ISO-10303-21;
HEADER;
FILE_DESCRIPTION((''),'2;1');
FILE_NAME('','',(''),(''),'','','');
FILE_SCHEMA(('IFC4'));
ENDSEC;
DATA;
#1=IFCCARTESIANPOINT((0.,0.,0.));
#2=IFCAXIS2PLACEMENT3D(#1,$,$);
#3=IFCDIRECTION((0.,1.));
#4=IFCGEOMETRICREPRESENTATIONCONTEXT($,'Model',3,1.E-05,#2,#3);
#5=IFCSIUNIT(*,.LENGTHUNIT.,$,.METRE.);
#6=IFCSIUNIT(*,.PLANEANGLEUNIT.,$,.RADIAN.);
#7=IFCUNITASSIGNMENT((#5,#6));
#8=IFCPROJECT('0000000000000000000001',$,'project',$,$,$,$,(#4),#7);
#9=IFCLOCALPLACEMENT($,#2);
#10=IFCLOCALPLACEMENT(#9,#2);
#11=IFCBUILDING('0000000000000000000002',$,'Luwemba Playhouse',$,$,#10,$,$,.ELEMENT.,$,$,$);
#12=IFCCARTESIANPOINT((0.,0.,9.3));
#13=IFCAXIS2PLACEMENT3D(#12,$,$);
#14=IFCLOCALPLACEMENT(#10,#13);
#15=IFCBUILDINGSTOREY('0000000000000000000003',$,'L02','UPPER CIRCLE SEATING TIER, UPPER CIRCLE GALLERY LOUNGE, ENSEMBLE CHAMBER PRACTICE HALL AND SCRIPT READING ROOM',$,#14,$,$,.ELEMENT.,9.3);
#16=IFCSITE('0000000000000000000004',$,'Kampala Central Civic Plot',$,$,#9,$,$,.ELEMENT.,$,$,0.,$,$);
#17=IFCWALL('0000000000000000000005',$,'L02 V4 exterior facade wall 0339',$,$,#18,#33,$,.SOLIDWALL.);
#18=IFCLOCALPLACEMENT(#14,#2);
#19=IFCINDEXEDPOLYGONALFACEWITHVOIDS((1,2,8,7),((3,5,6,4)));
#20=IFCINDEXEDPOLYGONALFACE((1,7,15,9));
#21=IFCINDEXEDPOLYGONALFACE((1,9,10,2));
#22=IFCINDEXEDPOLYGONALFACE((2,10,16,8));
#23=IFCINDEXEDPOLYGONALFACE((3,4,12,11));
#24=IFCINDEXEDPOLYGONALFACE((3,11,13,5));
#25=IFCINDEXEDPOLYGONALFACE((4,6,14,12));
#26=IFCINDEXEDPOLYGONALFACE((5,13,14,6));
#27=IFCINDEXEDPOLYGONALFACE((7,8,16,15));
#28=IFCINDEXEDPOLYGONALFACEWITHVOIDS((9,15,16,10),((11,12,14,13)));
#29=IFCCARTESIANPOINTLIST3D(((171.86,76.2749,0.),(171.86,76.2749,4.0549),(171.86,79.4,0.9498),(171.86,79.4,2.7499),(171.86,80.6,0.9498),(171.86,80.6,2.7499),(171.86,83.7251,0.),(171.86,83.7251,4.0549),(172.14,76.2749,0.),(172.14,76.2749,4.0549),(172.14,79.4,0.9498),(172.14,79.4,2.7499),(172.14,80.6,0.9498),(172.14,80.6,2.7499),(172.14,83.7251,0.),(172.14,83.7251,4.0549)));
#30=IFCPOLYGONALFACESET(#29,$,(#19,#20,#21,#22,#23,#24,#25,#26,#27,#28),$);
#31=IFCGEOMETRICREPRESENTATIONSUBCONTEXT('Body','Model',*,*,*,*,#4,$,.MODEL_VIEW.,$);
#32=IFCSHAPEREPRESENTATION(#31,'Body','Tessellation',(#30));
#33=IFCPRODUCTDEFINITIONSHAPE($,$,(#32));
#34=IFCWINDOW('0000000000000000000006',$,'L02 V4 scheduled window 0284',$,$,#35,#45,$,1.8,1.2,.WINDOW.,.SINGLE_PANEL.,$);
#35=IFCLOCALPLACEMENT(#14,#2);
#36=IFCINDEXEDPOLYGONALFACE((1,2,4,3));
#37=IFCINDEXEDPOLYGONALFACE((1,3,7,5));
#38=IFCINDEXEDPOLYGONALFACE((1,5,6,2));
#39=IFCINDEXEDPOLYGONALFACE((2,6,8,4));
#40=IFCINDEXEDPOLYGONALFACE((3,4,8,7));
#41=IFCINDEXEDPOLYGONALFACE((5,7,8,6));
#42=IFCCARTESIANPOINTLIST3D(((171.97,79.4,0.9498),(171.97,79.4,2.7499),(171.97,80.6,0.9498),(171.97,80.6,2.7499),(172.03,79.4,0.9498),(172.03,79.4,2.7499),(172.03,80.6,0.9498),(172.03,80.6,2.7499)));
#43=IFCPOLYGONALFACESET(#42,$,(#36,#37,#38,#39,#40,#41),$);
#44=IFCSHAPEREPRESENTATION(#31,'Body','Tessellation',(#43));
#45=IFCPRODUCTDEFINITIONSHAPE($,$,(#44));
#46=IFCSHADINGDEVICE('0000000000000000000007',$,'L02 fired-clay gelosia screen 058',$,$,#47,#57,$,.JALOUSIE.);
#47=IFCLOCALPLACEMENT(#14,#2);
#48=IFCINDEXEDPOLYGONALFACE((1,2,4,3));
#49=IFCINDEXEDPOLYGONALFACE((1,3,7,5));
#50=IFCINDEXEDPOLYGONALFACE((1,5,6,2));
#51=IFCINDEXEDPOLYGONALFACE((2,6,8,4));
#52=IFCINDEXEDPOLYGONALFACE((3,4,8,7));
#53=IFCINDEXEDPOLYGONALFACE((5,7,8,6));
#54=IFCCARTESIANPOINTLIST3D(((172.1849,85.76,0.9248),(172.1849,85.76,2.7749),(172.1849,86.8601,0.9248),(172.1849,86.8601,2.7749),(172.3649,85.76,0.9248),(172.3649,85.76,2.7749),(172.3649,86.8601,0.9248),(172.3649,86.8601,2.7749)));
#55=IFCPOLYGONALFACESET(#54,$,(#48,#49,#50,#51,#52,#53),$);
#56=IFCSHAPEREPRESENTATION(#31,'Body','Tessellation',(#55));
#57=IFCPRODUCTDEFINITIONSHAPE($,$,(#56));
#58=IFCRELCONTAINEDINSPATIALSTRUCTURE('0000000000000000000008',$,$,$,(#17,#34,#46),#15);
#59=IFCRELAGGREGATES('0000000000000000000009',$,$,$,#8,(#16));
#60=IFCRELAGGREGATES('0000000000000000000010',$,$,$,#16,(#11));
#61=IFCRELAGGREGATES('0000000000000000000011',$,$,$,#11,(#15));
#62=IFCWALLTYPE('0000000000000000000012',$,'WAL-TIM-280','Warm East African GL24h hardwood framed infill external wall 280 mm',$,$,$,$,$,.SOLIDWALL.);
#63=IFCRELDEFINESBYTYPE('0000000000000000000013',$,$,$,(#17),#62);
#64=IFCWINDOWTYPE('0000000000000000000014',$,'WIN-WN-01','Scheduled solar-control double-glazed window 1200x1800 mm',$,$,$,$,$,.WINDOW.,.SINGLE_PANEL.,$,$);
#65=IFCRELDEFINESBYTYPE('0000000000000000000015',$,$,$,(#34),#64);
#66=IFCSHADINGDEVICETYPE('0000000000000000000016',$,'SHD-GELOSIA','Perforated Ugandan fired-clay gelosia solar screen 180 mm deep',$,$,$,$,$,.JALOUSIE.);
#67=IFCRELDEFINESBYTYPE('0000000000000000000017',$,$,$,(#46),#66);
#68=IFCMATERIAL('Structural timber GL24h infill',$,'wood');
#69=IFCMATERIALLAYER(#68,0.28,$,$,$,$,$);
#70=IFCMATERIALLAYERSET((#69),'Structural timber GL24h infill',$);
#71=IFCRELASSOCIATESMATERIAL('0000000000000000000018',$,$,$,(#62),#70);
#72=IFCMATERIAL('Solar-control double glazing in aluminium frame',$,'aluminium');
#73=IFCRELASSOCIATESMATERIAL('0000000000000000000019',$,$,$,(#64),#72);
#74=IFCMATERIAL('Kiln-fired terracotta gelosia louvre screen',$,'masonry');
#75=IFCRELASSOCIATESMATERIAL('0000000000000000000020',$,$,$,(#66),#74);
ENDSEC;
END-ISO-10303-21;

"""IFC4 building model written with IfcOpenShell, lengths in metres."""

from ifc_helpers import new_model, si_unit, direction, frame, frame_2d, origin, origin_2d, place, context, subcontext, project, spatial, rectangle, extrude, material, layer, layer_set, type_object, element, fill, save


model = new_model("IFC4")

# Units and contexts
model_context = context("Model", 3, precision=1e-05, world=origin(), true_north=direction((0.0, 1.0)))
body_context = subcontext(model_context, "Body", "Model", "MODEL_VIEW")
ifc_project = project(units=[si_unit("LENGTHUNIT", "METRE"), si_unit("PLANEANGLEUNIT", "RADIAN")], contexts=[model_context])

# Site, building, storey
site_placement = place(None, origin())
site = spatial("IfcSite", under=ifc_project, at=site_placement, Name="Kampala Central Civic Plot", CompositionType="ELEMENT", RefElevation=0.0)
building_placement = place(site_placement, origin())
building = spatial("IfcBuilding", under=site, at=building_placement, Name="Luwemba Playhouse", CompositionType="ELEMENT")
storey_placement = place(building_placement, frame((0.0, 0.0, 9.3)))
storey = spatial("IfcBuildingStorey", under=building, at=storey_placement, Name="L02", Description="UPPER CIRCLE SEATING TIER, UPPER CIRCLE GALLERY LOUNGE, ENSEMBLE CHAMBER PRACTICE HALL AND SCRIPT READING ROOM", CompositionType="ELEMENT", Elevation=9.3)

# Shared definitions
ifc_material_1 = material(Name="Solar-control double glazing in aluminium frame", Category="aluminium")

# Wall, opening, window
ifc_material_2 = material(Name="Structural timber GL24h infill", Category="wood")
ifc_layer_1 = layer(ifc_material_2, 0.28)
ifc_layer_set_1 = layer_set([ifc_layer_1], Name="Structural timber GL24h infill")
wall_type_1 = type_object("IfcWallType", Name="WAL-TIM-280", Description="Warm East African GL24h hardwood framed infill external wall 280 mm", PredefinedType="SOLIDWALL", material=ifc_layer_set_1)
wall_1_placement = place(storey_placement, frame((172.0, 83.7251, 0.0), z_axis=(0.0, 0.0, 1.0), x_axis=(0.0, -1.0, 0.0)))
wall_1 = element("IfcWall", 1, at=wall_1_placement, inside=storey, type_object=wall_type_1, Name="L02 V4 exterior facade wall 0339", PredefinedType="SOLIDWALL", context=body_context, shape_type="SweptSolid", body=[
    extrude(rectangle(XDim=7.4502, YDim=0.28, at=frame_2d((3.7251, 0.0))), origin(), (0.0, 0.0, 1.0), 4.0549),
])
opening_1_placement = place(wall_1_placement, frame((3.125, 0.0, 0.95)))
opening_1 = element("IfcOpeningElement", 2, at=opening_1_placement, cuts=wall_1, PredefinedType="OPENING", context=body_context, shape_type="SweptSolid", body=[
    extrude(rectangle(XDim=1.2, YDim=1.8, at=frame_2d((0.6001, 0.8999))), frame((0.0, 0.1499, 0.0), z_axis=(0.0, -1.0, 0.0), x_axis=(1.0, 0.0, 0.0)), (0.0, 0.0, 1.0), 0.3),
])
window_type_1 = type_object("IfcWindowType", Name="WIN-WN-01", Description="Scheduled solar-control double-glazed window 1200x1800 mm", PartitioningType="SINGLE_PANEL", PredefinedType="WINDOW", material=ifc_material_1)
window_1_placement = place(opening_1_placement, origin())
window_1 = element("IfcWindow", 3, at=window_1_placement, inside=storey, type_object=window_type_1, Name="L02 V4 scheduled window 0284", OverallHeight=1.8, OverallWidth=1.2, PartitioningType="SINGLE_PANEL", PredefinedType="WINDOW", context=body_context, shape_type="SweptSolid", body=[
    extrude(rectangle(XDim=1.2, YDim=1.8, at=frame_2d((0.6001, 0.8999))), frame((0.0, 0.03, 0.0), z_axis=(0.0, -1.0, 0.0), x_axis=(1.0, 0.0, 0.0)), (0.0, 0.0, 1.0), 0.0601),
])
fill(opening_1, window_1)

# Shading device
ifc_material_3 = material(Name="Kiln-fired terracotta gelosia louvre screen", Category="masonry")
shading_device_type = type_object("IfcShadingDeviceType", Name="SHD-GELOSIA", Description="Perforated Ugandan fired-clay gelosia solar screen 180 mm deep", PredefinedType="JALOUSIE", material=ifc_material_3)
shading_device_placement = place(storey_placement, frame((172.2749, 86.3101, 0.9248), z_axis=(0.0, 0.0, 1.0), x_axis=(0.0, -1.0, 0.0)))
element("IfcShadingDevice", 4, at=shading_device_placement, inside=storey, type_object=shading_device_type, Name="L02 fired-clay gelosia screen 058", PredefinedType="JALOUSIE", context=body_context, shape_type="SweptSolid", body=[
    extrude(rectangle(XDim=1.1001, YDim=0.1799, at=origin_2d()), origin(), (0.0, 0.0, 1.0), 1.8501),
])

save(model, "model.ifc")
